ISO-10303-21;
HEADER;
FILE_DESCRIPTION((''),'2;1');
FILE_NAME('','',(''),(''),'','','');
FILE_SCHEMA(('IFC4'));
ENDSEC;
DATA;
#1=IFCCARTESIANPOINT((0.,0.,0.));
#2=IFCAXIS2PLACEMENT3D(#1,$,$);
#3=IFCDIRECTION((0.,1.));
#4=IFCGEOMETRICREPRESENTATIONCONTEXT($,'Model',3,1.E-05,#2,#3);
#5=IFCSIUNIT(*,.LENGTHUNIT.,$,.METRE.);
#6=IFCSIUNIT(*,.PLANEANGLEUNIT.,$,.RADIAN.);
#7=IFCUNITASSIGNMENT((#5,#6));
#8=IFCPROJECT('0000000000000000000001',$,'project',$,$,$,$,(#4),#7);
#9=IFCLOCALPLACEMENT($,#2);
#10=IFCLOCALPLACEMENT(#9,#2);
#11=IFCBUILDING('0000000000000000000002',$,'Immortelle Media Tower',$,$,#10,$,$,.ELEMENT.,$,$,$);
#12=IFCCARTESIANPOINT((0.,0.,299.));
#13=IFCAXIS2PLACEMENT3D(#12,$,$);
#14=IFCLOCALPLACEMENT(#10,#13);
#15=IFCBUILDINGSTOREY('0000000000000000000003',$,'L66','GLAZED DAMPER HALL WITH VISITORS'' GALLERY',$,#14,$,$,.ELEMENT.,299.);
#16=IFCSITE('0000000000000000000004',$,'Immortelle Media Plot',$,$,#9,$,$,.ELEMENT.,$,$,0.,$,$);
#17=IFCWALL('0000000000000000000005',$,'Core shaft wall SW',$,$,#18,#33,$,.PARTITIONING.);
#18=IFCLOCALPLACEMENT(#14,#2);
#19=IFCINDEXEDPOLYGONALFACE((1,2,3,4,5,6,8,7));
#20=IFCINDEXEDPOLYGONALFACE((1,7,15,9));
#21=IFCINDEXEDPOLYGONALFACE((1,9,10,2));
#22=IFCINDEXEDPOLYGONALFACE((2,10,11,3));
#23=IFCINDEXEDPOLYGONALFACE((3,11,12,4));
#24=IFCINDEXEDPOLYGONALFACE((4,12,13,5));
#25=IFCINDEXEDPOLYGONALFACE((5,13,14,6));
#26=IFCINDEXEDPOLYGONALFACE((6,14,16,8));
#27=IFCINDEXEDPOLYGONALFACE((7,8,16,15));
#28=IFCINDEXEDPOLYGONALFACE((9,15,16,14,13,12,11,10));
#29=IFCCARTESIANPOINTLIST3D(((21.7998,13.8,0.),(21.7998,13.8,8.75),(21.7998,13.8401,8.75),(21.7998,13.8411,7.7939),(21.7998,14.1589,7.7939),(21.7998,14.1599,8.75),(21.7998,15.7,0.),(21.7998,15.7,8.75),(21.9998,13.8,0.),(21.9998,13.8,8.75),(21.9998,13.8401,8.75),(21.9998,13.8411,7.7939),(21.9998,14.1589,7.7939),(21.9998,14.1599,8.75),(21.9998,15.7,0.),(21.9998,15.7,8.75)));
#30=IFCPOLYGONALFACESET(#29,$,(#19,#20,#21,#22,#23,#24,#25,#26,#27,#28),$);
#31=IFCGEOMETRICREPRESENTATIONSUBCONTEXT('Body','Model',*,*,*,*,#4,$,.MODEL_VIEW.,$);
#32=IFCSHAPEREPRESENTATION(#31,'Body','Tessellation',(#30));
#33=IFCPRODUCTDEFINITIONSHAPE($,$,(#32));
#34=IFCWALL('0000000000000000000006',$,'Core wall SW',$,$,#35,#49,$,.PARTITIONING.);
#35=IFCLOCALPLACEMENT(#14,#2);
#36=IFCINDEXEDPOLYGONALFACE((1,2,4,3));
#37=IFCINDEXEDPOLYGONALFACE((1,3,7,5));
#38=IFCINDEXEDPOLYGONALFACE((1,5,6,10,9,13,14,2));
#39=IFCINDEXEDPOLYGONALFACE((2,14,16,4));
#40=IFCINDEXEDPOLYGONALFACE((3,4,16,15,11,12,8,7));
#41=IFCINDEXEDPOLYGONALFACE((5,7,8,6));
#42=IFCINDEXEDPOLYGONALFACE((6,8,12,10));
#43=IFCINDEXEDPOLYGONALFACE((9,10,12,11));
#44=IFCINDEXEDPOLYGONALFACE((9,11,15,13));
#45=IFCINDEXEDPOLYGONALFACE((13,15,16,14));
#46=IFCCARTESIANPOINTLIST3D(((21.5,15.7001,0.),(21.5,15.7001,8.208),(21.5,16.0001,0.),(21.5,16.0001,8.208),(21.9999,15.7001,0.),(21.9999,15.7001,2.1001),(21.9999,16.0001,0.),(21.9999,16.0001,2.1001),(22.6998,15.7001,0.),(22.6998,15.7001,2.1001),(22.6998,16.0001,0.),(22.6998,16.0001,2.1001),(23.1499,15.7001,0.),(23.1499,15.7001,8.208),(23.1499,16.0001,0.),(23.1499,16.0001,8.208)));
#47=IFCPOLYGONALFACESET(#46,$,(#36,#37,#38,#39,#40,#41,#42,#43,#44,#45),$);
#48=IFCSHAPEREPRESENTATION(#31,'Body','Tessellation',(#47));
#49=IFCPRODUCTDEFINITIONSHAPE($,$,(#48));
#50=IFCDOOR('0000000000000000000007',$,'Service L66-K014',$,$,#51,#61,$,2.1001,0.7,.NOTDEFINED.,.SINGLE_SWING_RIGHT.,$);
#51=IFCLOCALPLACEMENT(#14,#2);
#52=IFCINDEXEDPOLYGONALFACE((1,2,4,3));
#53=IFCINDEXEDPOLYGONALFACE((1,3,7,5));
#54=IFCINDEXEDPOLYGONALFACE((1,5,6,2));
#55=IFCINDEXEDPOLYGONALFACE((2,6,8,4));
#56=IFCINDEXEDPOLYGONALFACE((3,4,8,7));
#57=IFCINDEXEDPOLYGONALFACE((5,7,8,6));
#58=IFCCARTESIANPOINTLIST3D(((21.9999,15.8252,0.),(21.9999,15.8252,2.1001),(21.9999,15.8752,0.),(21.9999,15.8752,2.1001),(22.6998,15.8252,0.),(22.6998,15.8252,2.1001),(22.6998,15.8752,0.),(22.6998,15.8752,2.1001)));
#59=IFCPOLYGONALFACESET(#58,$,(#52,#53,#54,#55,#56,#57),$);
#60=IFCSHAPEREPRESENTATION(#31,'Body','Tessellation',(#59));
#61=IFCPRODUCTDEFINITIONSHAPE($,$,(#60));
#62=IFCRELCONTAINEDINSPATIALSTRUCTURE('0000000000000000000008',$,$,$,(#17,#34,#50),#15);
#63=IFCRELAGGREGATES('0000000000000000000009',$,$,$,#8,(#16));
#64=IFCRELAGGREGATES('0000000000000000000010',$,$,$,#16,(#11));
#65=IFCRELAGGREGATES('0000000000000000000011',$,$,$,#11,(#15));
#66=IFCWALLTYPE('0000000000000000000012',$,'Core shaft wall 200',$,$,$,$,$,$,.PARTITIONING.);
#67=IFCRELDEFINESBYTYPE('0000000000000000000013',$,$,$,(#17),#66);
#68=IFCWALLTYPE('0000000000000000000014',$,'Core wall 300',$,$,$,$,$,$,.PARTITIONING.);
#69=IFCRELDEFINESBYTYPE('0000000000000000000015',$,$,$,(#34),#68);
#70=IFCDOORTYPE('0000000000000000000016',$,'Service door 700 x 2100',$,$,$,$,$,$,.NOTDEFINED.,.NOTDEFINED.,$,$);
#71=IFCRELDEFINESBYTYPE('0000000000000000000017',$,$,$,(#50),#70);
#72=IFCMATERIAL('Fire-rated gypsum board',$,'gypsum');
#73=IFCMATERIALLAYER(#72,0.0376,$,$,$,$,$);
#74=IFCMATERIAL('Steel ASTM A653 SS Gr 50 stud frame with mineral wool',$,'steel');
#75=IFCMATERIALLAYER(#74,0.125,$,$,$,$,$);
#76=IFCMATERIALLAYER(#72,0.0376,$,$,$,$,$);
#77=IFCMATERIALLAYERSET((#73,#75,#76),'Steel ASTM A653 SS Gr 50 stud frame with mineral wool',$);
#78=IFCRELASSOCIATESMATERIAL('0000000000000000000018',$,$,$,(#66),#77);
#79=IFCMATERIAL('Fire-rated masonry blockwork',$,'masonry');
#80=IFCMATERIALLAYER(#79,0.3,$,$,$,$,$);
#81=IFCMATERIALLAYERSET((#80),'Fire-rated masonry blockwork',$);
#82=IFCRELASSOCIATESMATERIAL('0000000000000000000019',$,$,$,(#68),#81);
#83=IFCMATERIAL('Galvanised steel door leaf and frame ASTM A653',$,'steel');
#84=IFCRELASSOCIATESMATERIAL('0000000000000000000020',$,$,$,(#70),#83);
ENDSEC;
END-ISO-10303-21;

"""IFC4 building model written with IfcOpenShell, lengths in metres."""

from ifc_helpers import new_model, si_unit, direction, frame, frame_2d, origin, place, context, subcontext, project, spatial, polyline, rectangle, outline, extrude, material, layer, layer_set, type_object, element, fill, save


model = new_model("IFC4")

# Units and contexts
model_context = context("Model", 3, precision=1e-05, world=origin(), true_north=direction((0.0, 1.0)))
body_context = subcontext(model_context, "Body", "Model", "MODEL_VIEW")
ifc_project = project(units=[si_unit("LENGTHUNIT", "METRE"), si_unit("PLANEANGLEUNIT", "RADIAN")], contexts=[model_context])

# Site, building, storey
site_placement = place(None, origin())
site = spatial("IfcSite", under=ifc_project, at=site_placement, Name="Immortelle Media Plot", CompositionType="ELEMENT", RefElevation=0.0)
building_placement = place(site_placement, origin())
building = spatial("IfcBuilding", under=site, at=building_placement, Name="Immortelle Media Tower", CompositionType="ELEMENT")
storey_placement = place(building_placement, frame((0.0, 0.0, 299.0)))
storey = spatial("IfcBuildingStorey", under=building, at=storey_placement, Name="L66", Description="GLAZED DAMPER HALL WITH VISITORS' GALLERY", CompositionType="ELEMENT", Elevation=299.0)

# Wall
ifc_material_1 = material(Name="Fire-rated gypsum board", Category="gypsum")
ifc_material_2 = material(Name="Steel ASTM A653 SS Gr 50 stud frame with mineral wool", Category="steel")
ifc_layer_1 = layer(ifc_material_1, 0.0376)
ifc_layer_2 = layer(ifc_material_2, 0.125)
ifc_layer_3 = layer(ifc_material_1, 0.0376)
ifc_layer_set_1 = layer_set([ifc_layer_1, ifc_layer_2, ifc_layer_3], Name="Steel ASTM A653 SS Gr 50 stud frame with mineral wool")
wall_type_1 = type_object("IfcWallType", Name="Core shaft wall 200", PredefinedType="PARTITIONING", material=ifc_layer_set_1)
wall_1_placement = place(storey_placement, frame((21.8999, 13.8, 0.0), z_axis=(0.0, 0.0, 1.0), x_axis=(0.0, 1.0, 0.0)))
element("IfcWall", 1, at=wall_1_placement, inside=storey, type_object=wall_type_1, Name="Core shaft wall SW", PredefinedType="PARTITIONING", context=body_context, shape_type="SweptSolid", body=[
    extrude(outline(polyline([(0.0, 0.0), (1.8999, 0.0), (1.8999, 8.75), (0.3599, 8.75), (0.3589, 7.7939), (0.041, 7.7939), (0.04, 8.75), (0.0, 8.75), (0.0, 0.0)])), frame((0.0, 0.1001, 0.0), z_axis=(0.0, -1.0, 0.0), x_axis=(1.0, 0.0, 0.0)), (0.0, 0.0, 1.0), 0.2),
])

# Wall, opening, door
ifc_material_3 = material(Name="Fire-rated masonry blockwork", Category="masonry")
ifc_layer_4 = layer(ifc_material_3, 0.3)
ifc_layer_set_2 = layer_set([ifc_layer_4], Name="Fire-rated masonry blockwork")
wall_type_2 = type_object("IfcWallType", Name="Core wall 300", PredefinedType="PARTITIONING", material=ifc_layer_set_2)
wall_2_placement = place(storey_placement, frame((21.5, 15.8501, 0.0), z_axis=(0.0, 0.0, 1.0), x_axis=(1.0, 0.0, 0.0)))
wall_2 = element("IfcWall", 2, at=wall_2_placement, inside=storey, type_object=wall_type_2, Name="Core wall SW", PredefinedType="PARTITIONING", context=body_context, shape_type="SweptSolid", body=[
    extrude(rectangle(XDim=1.6499, YDim=0.3, at=frame_2d((0.825, 0.0))), origin(), (0.0, 0.0, 1.0), 8.208),
])
opening_placement = place(wall_2_placement, frame((1.2, 0.0, 0.0), z_axis=(0.0, 0.0, 1.0), x_axis=(-1.0, 0.0, 0.0)))
opening = element("IfcOpeningElement", 3, at=opening_placement, cuts=wall_2, PredefinedType="OPENING", context=body_context, shape_type="SweptSolid", body=[
    extrude(rectangle(XDim=0.7, YDim=2.1001, at=frame_2d((0.3501, 1.05))), frame((0.0, 0.1599, 0.0), z_axis=(0.0, -1.0, 0.0), x_axis=(1.0, 0.0, 0.0)), (0.0, 0.0, 1.0), 0.3201),
])
ifc_material_4 = material(Name="Galvanised steel door leaf and frame ASTM A653", Category="steel")
door_type = type_object("IfcDoorType", Name="Service door 700 x 2100", OperationType="NOTDEFINED", PredefinedType="NOTDEFINED", material=ifc_material_4)
door_placement = place(opening_placement, origin())
door = element("IfcDoor", 4, at=door_placement, inside=storey, type_object=door_type, Name="Service L66-K014", OperationType="SINGLE_SWING_RIGHT", OverallHeight=2.1001, OverallWidth=0.7, PredefinedType="NOTDEFINED", context=body_context, shape_type="SweptSolid", body=[
    extrude(rectangle(XDim=0.7, YDim=2.1001, at=frame_2d((0.3501, 1.05))), frame((0.0, 0.0249, 0.0), z_axis=(0.0, -1.0, 0.0), x_axis=(1.0, 0.0, 0.0)), (0.0, 0.0, 1.0), 0.05),
])
fill(opening, door)

save(model, "model.ifc")
